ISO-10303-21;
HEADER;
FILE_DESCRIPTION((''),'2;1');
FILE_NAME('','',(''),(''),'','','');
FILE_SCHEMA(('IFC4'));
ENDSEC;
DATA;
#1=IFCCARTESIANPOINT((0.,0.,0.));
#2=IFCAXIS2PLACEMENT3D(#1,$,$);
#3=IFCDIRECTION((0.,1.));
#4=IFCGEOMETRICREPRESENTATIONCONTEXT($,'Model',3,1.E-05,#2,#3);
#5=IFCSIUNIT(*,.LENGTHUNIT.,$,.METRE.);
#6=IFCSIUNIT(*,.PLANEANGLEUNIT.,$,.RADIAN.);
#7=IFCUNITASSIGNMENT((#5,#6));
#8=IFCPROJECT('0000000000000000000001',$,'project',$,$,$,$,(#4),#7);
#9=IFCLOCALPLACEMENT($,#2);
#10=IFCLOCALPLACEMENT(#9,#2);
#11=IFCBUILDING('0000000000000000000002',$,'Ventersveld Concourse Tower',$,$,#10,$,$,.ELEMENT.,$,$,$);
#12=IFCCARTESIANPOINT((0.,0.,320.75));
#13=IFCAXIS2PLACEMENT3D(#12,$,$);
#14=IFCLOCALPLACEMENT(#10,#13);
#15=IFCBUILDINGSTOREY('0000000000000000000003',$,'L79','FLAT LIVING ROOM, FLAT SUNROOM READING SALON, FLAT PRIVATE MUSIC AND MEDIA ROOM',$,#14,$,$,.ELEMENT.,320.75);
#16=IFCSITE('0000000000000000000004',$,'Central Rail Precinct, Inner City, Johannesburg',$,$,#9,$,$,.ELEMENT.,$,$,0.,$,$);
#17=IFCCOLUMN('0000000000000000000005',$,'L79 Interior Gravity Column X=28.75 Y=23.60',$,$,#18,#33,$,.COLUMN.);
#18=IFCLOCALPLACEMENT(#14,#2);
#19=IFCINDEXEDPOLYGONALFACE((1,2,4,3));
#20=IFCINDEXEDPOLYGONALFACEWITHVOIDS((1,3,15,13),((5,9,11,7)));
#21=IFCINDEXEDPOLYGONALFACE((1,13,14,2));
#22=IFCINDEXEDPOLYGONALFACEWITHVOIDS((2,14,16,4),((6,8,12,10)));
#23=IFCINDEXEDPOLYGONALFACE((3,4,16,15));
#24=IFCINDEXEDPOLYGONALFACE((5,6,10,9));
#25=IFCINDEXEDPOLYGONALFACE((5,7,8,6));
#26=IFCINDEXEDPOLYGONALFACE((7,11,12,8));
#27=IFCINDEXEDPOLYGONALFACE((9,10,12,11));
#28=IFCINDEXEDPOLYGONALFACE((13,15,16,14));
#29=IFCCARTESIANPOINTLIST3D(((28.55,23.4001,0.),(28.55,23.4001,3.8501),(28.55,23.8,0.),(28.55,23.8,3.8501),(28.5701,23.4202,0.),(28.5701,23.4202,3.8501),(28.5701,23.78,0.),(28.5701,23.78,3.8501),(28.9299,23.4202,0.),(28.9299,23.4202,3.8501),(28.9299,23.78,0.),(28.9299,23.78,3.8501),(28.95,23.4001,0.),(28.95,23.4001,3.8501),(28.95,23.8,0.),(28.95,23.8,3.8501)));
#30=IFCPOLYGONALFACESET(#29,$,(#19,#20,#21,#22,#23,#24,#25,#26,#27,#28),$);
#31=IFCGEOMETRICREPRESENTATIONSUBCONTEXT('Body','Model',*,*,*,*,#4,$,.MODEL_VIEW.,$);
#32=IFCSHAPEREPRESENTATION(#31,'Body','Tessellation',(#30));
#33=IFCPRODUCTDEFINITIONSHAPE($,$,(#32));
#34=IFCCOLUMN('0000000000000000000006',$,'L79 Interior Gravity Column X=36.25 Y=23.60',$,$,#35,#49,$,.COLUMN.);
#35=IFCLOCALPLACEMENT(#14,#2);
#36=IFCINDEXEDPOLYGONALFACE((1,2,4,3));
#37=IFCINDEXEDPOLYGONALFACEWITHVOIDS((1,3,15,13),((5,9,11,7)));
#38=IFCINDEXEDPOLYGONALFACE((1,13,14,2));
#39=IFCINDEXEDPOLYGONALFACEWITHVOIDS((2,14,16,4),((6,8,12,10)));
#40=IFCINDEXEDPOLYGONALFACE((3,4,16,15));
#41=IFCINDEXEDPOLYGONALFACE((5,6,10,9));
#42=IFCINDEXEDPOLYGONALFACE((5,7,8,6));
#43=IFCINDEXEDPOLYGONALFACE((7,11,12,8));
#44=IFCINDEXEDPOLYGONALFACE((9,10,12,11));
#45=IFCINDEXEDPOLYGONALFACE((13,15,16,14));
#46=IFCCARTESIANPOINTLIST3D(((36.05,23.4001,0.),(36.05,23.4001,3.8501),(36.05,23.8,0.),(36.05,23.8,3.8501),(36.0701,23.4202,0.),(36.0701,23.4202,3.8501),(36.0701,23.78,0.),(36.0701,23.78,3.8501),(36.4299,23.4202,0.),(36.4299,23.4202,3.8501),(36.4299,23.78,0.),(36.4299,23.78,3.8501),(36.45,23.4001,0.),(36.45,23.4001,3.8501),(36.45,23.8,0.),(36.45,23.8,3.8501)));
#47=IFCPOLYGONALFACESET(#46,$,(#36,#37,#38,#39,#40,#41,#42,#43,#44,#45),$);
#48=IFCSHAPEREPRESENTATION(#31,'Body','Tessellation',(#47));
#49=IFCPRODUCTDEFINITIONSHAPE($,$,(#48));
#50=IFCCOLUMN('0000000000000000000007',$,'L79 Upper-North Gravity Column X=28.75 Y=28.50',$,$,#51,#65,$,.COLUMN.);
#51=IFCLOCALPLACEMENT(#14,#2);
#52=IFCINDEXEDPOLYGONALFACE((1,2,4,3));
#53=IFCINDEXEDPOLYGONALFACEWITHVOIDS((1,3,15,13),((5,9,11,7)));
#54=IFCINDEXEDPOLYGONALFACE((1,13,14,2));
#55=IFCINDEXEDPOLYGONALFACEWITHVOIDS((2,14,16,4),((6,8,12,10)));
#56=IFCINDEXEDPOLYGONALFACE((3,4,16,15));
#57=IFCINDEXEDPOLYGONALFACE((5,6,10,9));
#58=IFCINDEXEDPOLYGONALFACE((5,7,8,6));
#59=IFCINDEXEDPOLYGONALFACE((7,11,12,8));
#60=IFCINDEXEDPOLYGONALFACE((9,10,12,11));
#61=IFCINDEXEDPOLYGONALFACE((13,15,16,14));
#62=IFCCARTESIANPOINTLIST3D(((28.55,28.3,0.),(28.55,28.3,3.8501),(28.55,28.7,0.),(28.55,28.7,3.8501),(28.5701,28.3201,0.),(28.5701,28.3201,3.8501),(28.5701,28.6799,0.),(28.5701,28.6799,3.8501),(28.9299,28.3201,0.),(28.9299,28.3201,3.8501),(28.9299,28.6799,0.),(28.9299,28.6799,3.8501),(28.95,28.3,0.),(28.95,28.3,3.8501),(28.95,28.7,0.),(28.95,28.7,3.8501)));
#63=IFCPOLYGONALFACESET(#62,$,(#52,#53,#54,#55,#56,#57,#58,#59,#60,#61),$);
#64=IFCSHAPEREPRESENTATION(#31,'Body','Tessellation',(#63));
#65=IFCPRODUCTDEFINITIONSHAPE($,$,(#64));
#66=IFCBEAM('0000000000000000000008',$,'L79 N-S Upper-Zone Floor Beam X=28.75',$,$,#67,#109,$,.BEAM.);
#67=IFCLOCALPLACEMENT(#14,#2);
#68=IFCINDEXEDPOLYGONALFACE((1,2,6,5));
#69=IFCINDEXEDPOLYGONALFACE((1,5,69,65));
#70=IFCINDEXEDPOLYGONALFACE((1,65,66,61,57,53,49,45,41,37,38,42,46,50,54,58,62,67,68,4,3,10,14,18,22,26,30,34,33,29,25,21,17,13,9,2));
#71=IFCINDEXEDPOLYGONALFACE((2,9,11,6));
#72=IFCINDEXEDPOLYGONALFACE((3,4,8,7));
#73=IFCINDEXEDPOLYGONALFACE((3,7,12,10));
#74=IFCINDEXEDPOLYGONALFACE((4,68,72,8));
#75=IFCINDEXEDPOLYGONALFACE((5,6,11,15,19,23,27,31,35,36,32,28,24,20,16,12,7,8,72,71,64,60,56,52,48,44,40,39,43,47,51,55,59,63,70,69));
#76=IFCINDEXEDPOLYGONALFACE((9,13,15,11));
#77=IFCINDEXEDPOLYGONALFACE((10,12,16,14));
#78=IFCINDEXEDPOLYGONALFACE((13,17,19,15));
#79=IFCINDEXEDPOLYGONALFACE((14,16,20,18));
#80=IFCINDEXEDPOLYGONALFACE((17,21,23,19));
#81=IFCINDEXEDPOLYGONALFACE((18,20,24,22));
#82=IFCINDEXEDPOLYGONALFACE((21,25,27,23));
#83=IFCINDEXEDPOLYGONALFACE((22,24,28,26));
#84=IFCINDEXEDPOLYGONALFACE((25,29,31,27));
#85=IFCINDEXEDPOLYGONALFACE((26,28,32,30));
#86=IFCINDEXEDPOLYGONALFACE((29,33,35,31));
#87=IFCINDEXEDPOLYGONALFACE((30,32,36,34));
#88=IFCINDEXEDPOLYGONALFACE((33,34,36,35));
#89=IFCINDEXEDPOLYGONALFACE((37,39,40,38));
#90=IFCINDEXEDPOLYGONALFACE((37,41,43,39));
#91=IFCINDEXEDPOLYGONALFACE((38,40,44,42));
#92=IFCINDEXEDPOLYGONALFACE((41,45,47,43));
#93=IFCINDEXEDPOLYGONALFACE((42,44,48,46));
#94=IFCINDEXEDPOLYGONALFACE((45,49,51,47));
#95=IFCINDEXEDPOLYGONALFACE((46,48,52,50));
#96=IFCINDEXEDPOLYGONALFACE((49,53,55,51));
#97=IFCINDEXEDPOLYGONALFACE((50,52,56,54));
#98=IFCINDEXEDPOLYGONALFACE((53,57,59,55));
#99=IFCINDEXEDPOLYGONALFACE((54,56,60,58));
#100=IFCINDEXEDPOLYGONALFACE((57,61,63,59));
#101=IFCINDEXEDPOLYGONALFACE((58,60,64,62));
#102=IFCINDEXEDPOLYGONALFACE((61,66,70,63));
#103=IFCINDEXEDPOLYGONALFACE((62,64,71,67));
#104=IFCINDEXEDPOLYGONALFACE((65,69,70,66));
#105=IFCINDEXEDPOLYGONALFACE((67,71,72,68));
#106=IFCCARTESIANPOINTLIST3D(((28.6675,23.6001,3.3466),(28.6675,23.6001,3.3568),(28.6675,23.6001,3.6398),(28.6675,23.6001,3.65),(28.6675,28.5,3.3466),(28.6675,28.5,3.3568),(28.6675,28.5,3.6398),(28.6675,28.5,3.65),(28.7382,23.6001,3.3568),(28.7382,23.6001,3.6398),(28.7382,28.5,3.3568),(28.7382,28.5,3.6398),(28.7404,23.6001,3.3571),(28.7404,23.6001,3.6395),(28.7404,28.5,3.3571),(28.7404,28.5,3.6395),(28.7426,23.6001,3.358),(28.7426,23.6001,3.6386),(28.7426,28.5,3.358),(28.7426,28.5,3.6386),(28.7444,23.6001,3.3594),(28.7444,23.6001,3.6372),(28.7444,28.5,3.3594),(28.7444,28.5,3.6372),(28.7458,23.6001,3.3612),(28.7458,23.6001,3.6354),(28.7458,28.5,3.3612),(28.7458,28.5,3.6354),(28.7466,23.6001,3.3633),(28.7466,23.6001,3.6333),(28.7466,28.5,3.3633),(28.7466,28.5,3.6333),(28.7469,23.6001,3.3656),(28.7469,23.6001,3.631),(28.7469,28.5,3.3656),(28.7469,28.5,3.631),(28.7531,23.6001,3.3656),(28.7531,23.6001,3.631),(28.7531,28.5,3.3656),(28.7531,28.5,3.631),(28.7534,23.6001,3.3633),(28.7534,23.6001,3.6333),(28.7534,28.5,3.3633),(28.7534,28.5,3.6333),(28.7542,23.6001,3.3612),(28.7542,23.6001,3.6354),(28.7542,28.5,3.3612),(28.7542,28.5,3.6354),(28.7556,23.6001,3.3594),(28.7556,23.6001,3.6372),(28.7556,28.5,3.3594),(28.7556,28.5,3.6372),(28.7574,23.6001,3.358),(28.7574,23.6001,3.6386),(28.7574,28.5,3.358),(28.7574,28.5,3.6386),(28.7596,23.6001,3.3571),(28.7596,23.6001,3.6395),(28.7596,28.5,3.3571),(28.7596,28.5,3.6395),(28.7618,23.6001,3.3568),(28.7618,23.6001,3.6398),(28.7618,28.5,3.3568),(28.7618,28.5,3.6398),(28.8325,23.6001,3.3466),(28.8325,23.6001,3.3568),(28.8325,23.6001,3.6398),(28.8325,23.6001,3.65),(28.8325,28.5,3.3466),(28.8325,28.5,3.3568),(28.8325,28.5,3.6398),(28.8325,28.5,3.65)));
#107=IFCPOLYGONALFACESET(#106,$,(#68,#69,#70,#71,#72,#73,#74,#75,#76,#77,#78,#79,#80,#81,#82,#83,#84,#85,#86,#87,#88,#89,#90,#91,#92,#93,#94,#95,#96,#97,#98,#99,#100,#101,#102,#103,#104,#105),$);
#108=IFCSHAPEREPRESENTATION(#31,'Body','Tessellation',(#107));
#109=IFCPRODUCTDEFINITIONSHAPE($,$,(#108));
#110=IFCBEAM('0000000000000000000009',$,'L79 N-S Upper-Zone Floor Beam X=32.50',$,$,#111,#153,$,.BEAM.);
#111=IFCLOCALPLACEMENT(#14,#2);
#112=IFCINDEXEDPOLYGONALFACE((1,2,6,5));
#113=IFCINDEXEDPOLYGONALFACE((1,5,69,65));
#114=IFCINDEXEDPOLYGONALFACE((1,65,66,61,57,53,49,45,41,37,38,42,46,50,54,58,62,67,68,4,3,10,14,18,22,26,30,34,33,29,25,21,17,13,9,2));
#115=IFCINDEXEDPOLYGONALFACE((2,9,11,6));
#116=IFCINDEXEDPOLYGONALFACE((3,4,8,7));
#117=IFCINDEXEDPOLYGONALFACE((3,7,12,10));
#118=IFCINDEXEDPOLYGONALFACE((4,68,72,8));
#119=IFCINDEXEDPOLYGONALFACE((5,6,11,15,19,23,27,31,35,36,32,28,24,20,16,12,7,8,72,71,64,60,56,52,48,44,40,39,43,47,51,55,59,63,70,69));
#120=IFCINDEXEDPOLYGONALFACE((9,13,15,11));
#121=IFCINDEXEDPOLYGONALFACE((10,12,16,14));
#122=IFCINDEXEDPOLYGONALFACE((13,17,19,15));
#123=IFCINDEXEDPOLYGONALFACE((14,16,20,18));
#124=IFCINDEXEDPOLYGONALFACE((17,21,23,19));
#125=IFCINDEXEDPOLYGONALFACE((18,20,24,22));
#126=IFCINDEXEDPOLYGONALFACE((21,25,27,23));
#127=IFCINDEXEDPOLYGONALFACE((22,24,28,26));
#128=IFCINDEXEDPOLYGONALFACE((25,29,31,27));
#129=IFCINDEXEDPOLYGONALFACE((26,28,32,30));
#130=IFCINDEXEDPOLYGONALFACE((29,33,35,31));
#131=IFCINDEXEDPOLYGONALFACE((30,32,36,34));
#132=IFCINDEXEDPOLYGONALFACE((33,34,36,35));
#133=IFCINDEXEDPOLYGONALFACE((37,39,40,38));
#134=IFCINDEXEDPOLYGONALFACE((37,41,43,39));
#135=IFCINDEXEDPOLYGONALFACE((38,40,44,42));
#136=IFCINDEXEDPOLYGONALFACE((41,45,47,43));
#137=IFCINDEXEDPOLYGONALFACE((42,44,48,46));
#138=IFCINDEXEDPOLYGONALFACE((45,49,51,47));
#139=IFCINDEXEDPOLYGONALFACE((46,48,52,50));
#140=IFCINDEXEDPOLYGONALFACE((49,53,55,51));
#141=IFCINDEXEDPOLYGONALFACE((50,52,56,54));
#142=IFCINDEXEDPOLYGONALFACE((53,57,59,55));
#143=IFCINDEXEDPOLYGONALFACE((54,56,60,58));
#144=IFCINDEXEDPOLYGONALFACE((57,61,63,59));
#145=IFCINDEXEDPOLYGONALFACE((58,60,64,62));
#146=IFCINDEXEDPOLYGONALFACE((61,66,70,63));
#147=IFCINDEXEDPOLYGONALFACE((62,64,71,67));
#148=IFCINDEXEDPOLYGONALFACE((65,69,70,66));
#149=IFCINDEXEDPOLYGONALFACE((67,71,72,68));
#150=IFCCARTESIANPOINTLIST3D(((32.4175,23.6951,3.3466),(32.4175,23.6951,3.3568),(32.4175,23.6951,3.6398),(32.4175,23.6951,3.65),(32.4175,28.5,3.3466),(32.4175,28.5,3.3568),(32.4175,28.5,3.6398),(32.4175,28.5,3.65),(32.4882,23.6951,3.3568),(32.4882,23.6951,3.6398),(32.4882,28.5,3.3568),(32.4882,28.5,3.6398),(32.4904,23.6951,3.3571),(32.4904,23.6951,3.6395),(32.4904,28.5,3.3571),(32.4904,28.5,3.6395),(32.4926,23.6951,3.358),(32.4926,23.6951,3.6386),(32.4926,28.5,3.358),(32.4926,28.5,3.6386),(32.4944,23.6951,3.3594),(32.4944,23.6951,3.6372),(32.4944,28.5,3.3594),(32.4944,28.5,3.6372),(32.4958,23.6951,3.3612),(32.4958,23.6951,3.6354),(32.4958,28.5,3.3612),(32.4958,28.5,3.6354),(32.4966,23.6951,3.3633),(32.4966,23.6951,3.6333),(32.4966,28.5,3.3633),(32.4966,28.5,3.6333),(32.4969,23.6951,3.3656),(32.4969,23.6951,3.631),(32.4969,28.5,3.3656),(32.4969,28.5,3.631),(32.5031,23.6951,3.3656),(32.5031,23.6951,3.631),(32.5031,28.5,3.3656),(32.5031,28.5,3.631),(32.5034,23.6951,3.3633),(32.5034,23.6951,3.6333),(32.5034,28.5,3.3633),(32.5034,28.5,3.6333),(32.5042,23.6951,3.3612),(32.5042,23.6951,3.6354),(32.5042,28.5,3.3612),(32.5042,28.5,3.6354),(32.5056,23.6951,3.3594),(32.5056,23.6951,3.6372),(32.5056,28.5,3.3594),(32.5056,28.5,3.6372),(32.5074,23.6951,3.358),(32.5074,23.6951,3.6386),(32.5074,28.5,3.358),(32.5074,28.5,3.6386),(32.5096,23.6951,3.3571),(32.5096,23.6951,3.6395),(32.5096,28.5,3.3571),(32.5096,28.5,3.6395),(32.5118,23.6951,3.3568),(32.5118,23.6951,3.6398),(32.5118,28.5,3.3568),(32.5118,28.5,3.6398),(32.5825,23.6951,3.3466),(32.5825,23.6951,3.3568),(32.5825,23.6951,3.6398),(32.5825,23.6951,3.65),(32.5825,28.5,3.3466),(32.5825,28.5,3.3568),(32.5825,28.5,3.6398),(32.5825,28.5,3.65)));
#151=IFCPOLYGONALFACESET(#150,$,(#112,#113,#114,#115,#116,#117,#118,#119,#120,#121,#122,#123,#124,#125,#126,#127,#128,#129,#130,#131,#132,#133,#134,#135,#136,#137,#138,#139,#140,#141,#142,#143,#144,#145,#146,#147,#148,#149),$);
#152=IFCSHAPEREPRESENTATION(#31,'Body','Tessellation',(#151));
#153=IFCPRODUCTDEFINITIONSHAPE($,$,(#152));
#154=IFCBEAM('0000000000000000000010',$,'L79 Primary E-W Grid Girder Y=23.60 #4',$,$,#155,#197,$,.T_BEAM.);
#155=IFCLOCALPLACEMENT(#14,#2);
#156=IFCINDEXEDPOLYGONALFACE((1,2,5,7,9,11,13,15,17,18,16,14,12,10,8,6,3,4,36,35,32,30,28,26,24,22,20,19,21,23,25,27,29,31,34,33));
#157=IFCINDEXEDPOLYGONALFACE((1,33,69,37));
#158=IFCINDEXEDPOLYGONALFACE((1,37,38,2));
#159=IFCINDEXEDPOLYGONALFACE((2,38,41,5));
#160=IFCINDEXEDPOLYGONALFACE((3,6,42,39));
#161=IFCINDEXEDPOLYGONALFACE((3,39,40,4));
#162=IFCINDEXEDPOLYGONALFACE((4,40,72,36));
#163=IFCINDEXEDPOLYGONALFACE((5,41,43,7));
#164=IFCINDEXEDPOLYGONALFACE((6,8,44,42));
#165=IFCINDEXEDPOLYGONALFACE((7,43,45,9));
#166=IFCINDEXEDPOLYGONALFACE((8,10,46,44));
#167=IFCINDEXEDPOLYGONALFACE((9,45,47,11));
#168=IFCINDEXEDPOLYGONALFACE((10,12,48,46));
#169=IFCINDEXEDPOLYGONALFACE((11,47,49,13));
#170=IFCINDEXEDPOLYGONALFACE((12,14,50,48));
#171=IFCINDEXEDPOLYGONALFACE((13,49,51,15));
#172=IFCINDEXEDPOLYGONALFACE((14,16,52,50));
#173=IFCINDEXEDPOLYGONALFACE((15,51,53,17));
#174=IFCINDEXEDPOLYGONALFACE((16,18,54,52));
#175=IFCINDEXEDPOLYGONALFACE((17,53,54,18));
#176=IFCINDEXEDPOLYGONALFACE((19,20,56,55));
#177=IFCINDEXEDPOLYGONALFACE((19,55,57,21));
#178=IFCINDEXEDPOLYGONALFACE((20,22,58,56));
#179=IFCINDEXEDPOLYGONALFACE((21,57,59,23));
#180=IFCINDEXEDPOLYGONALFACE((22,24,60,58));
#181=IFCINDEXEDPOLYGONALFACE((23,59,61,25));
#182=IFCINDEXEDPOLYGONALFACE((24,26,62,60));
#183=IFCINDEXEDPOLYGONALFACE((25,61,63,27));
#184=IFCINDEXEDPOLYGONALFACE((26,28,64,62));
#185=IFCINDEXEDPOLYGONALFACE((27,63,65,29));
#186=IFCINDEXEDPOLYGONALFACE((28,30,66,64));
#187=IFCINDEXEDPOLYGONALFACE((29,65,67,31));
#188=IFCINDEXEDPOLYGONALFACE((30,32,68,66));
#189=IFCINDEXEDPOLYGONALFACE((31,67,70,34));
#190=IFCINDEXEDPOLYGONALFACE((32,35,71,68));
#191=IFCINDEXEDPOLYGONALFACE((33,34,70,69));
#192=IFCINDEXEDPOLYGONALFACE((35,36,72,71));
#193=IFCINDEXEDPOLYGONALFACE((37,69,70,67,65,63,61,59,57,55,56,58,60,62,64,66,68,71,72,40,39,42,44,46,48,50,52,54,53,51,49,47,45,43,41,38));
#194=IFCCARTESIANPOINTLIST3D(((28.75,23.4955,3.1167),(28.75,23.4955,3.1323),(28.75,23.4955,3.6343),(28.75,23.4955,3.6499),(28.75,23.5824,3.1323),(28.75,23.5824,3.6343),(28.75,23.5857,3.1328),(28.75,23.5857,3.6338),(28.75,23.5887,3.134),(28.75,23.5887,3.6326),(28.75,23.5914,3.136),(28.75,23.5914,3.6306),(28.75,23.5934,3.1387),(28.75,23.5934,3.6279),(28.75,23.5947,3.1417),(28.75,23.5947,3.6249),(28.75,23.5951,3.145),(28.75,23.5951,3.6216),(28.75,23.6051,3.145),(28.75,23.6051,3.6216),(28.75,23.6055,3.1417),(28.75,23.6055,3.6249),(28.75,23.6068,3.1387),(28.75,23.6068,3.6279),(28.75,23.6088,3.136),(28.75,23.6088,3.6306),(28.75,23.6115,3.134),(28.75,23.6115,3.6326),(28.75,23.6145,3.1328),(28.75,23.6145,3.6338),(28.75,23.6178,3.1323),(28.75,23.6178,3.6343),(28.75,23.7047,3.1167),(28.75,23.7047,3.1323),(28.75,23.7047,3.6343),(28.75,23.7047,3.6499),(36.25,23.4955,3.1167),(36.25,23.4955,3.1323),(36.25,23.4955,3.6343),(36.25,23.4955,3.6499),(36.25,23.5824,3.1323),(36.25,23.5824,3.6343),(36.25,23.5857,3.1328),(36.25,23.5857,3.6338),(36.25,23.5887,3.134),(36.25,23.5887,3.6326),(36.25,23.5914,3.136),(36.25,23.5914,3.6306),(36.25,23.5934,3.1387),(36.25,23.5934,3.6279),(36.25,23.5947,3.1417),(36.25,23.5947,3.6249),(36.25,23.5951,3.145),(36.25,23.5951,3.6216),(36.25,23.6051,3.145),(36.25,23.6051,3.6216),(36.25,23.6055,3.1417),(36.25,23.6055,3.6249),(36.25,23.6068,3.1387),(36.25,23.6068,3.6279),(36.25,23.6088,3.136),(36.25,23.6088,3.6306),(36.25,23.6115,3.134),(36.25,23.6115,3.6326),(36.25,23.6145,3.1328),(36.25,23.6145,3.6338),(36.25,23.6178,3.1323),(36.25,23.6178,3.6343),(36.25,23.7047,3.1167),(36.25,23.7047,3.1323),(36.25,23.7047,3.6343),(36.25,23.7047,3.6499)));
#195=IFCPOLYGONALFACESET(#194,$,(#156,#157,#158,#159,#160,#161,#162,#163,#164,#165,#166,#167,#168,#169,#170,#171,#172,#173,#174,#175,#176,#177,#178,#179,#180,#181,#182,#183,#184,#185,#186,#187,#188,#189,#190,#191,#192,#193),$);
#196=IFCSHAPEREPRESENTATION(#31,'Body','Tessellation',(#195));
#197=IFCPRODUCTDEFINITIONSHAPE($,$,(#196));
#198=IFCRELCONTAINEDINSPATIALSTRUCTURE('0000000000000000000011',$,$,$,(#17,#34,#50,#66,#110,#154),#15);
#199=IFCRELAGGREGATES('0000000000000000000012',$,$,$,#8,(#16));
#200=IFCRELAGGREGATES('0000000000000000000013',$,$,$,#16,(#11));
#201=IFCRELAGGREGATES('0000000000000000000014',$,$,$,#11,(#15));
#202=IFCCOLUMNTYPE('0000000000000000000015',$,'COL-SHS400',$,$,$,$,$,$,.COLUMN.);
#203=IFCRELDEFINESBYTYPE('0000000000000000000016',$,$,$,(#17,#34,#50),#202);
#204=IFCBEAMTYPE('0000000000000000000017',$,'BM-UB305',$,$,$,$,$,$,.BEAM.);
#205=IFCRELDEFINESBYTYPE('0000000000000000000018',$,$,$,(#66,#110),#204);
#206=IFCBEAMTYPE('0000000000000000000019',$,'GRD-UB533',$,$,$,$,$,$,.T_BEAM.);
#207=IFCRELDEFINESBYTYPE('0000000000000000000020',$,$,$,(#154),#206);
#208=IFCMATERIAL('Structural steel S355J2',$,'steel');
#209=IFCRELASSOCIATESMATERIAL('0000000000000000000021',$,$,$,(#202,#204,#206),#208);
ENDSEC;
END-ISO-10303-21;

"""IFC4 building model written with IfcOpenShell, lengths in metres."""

from ifc_helpers import new_model, si_unit, direction, frame, origin, origin_2d, place, context, subcontext, project, spatial, hollow_rectangle, i_section, extrude, material, material_profile, profile_set, type_object, element, save


model = new_model("IFC4")

# Units and contexts
model_context = context("Model", 3, precision=1e-05, world=origin(), true_north=direction((0.0, 1.0)))
body_context = subcontext(model_context, "Body", "Model", "MODEL_VIEW")
ifc_project = project(units=[si_unit("LENGTHUNIT", "METRE"), si_unit("PLANEANGLEUNIT", "RADIAN")], contexts=[model_context])

# Site, building, storey
site_placement = place(None, origin())
site = spatial("IfcSite", under=ifc_project, at=site_placement, Name="Central Rail Precinct, Inner City, Johannesburg", CompositionType="ELEMENT", RefElevation=0.0)
building_placement = place(site_placement, origin())
building = spatial("IfcBuilding", under=site, at=building_placement, Name="Ventersveld Concourse Tower", CompositionType="ELEMENT")
storey_placement = place(building_placement, frame((0.0, 0.0, 320.75)))
storey = spatial("IfcBuildingStorey", under=building, at=storey_placement, Name="L79", Description="FLAT LIVING ROOM, FLAT SUNROOM READING SALON, FLAT PRIVATE MUSIC AND MEDIA ROOM", CompositionType="ELEMENT", Elevation=320.75)

# Columns
ifc_material_1 = material(Name="Structural steel S355J2", Category="steel")
ifc_material_profile_1 = material_profile(ifc_material_1, hollow_rectangle(XDim=0.3999, YDim=0.3999, WallThickness=0.02, at=origin_2d()), Name="SHS 400x400x20")
ifc_profile_set_1 = profile_set([ifc_material_profile_1], Name="Structural steel S355J2")
column_type = type_object("IfcColumnType", Name="COL-SHS400", PredefinedType="COLUMN", material=ifc_profile_set_1)
for number, where, z_axis, x_axis, name in (
    (1, (28.75, 23.6001, 0.0), (0.0, 0.0, 1.0), (1.0, 0.0, 0.0), "L79 Interior Gravity Column X=28.75 Y=23.60"),
    (2, (36.25, 23.6001, 0.0), (0.0, 0.0, 1.0), (1.0, 0.0, 0.0), "L79 Interior Gravity Column X=36.25 Y=23.60"),
    (3, (28.75, 28.5, 0.0), (0.0, 0.0, 1.0), (1.0, 0.0, 0.0), "L79 Upper-North Gravity Column X=28.75 Y=28.50"),
):
    element("IfcColumn", number, at=place(storey_placement, frame(where, z_axis=z_axis, x_axis=x_axis)), inside=storey, type_object=column_type, Name=name, PredefinedType="COLUMN", context=body_context, shape_type="SweptSolid", body=[
        extrude(hollow_rectangle(XDim=0.3999, YDim=0.3999, WallThickness=0.02, at=origin_2d()), origin(), (0.0, 0.0, 1.0), 3.8501),
    ])

# Beams
ifc_material_profile_2 = material_profile(ifc_material_1, i_section(OverallWidth=0.165, OverallDepth=0.3035, WebThickness=0.0061, FlangeThickness=0.0103, FilletRadius=0.0088, at=origin_2d()), Name="UB 305x165x40")
ifc_profile_set_2 = profile_set([ifc_material_profile_2], Name="Structural steel S355J2")
beam_type_1 = type_object("IfcBeamType", Name="BM-UB305", PredefinedType="BEAM", material=ifc_profile_set_2)
beam_1_placement = place(storey_placement, frame((28.75, 23.6001, 3.4983), z_axis=(0.0, 1.0, 0.0), x_axis=(-1.0, 0.0, 0.0)))
element("IfcBeam", 4, at=beam_1_placement, inside=storey, type_object=beam_type_1, Name="L79 N-S Upper-Zone Floor Beam X=28.75", PredefinedType="BEAM", context=body_context, shape_type="SweptSolid", body=[
    extrude(i_section(OverallWidth=0.165, OverallDepth=0.3035, WebThickness=0.0061, FlangeThickness=0.0103, FilletRadius=0.0088, at=origin_2d()), origin(), (0.0, 0.0, 1.0), 4.8999),
])
beam_2_placement = place(storey_placement, frame((32.5, 23.6951, 3.4983), z_axis=(0.0, 1.0, 0.0), x_axis=(-1.0, 0.0, 0.0)))
element("IfcBeam", 5, at=beam_2_placement, inside=storey, type_object=beam_type_1, Name="L79 N-S Upper-Zone Floor Beam X=32.50", PredefinedType="BEAM", context=body_context, shape_type="SweptSolid", body=[
    extrude(i_section(OverallWidth=0.165, OverallDepth=0.3035, WebThickness=0.0061, FlangeThickness=0.0103, FilletRadius=0.0088, at=origin_2d()), origin(), (0.0, 0.0, 1.0), 4.8049),
])
ifc_material_profile_3 = material_profile(ifc_material_1, i_section(OverallWidth=0.2092, OverallDepth=0.5332, WebThickness=0.01, FlangeThickness=0.0156, FilletRadius=0.0127, at=origin_2d()), Name="UB 533x210x92")
ifc_profile_set_3 = profile_set([ifc_material_profile_3], Name="Structural steel S355J2")
beam_type_2 = type_object("IfcBeamType", Name="GRD-UB533", PredefinedType="T_BEAM", material=ifc_profile_set_3)
for number, where, z_axis, x_axis, name in (
    (6, (28.75, 23.6001, 3.3833), (1.0, 0.0, 0.0), (0.0, 1.0, 0.0), "L79 Primary E-W Grid Girder Y=23.60 #4"),
):
    element("IfcBeam", number, at=place(storey_placement, frame(where, z_axis=z_axis, x_axis=x_axis)), inside=storey, type_object=beam_type_2, Name=name, PredefinedType="T_BEAM", context=body_context, shape_type="SweptSolid", body=[
        extrude(i_section(OverallWidth=0.2092, OverallDepth=0.5332, WebThickness=0.01, FlangeThickness=0.0156, FilletRadius=0.0127, at=origin_2d()), origin(), (0.0, 0.0, 1.0), 7.5),
    ])

save(model, "model.ifc")
